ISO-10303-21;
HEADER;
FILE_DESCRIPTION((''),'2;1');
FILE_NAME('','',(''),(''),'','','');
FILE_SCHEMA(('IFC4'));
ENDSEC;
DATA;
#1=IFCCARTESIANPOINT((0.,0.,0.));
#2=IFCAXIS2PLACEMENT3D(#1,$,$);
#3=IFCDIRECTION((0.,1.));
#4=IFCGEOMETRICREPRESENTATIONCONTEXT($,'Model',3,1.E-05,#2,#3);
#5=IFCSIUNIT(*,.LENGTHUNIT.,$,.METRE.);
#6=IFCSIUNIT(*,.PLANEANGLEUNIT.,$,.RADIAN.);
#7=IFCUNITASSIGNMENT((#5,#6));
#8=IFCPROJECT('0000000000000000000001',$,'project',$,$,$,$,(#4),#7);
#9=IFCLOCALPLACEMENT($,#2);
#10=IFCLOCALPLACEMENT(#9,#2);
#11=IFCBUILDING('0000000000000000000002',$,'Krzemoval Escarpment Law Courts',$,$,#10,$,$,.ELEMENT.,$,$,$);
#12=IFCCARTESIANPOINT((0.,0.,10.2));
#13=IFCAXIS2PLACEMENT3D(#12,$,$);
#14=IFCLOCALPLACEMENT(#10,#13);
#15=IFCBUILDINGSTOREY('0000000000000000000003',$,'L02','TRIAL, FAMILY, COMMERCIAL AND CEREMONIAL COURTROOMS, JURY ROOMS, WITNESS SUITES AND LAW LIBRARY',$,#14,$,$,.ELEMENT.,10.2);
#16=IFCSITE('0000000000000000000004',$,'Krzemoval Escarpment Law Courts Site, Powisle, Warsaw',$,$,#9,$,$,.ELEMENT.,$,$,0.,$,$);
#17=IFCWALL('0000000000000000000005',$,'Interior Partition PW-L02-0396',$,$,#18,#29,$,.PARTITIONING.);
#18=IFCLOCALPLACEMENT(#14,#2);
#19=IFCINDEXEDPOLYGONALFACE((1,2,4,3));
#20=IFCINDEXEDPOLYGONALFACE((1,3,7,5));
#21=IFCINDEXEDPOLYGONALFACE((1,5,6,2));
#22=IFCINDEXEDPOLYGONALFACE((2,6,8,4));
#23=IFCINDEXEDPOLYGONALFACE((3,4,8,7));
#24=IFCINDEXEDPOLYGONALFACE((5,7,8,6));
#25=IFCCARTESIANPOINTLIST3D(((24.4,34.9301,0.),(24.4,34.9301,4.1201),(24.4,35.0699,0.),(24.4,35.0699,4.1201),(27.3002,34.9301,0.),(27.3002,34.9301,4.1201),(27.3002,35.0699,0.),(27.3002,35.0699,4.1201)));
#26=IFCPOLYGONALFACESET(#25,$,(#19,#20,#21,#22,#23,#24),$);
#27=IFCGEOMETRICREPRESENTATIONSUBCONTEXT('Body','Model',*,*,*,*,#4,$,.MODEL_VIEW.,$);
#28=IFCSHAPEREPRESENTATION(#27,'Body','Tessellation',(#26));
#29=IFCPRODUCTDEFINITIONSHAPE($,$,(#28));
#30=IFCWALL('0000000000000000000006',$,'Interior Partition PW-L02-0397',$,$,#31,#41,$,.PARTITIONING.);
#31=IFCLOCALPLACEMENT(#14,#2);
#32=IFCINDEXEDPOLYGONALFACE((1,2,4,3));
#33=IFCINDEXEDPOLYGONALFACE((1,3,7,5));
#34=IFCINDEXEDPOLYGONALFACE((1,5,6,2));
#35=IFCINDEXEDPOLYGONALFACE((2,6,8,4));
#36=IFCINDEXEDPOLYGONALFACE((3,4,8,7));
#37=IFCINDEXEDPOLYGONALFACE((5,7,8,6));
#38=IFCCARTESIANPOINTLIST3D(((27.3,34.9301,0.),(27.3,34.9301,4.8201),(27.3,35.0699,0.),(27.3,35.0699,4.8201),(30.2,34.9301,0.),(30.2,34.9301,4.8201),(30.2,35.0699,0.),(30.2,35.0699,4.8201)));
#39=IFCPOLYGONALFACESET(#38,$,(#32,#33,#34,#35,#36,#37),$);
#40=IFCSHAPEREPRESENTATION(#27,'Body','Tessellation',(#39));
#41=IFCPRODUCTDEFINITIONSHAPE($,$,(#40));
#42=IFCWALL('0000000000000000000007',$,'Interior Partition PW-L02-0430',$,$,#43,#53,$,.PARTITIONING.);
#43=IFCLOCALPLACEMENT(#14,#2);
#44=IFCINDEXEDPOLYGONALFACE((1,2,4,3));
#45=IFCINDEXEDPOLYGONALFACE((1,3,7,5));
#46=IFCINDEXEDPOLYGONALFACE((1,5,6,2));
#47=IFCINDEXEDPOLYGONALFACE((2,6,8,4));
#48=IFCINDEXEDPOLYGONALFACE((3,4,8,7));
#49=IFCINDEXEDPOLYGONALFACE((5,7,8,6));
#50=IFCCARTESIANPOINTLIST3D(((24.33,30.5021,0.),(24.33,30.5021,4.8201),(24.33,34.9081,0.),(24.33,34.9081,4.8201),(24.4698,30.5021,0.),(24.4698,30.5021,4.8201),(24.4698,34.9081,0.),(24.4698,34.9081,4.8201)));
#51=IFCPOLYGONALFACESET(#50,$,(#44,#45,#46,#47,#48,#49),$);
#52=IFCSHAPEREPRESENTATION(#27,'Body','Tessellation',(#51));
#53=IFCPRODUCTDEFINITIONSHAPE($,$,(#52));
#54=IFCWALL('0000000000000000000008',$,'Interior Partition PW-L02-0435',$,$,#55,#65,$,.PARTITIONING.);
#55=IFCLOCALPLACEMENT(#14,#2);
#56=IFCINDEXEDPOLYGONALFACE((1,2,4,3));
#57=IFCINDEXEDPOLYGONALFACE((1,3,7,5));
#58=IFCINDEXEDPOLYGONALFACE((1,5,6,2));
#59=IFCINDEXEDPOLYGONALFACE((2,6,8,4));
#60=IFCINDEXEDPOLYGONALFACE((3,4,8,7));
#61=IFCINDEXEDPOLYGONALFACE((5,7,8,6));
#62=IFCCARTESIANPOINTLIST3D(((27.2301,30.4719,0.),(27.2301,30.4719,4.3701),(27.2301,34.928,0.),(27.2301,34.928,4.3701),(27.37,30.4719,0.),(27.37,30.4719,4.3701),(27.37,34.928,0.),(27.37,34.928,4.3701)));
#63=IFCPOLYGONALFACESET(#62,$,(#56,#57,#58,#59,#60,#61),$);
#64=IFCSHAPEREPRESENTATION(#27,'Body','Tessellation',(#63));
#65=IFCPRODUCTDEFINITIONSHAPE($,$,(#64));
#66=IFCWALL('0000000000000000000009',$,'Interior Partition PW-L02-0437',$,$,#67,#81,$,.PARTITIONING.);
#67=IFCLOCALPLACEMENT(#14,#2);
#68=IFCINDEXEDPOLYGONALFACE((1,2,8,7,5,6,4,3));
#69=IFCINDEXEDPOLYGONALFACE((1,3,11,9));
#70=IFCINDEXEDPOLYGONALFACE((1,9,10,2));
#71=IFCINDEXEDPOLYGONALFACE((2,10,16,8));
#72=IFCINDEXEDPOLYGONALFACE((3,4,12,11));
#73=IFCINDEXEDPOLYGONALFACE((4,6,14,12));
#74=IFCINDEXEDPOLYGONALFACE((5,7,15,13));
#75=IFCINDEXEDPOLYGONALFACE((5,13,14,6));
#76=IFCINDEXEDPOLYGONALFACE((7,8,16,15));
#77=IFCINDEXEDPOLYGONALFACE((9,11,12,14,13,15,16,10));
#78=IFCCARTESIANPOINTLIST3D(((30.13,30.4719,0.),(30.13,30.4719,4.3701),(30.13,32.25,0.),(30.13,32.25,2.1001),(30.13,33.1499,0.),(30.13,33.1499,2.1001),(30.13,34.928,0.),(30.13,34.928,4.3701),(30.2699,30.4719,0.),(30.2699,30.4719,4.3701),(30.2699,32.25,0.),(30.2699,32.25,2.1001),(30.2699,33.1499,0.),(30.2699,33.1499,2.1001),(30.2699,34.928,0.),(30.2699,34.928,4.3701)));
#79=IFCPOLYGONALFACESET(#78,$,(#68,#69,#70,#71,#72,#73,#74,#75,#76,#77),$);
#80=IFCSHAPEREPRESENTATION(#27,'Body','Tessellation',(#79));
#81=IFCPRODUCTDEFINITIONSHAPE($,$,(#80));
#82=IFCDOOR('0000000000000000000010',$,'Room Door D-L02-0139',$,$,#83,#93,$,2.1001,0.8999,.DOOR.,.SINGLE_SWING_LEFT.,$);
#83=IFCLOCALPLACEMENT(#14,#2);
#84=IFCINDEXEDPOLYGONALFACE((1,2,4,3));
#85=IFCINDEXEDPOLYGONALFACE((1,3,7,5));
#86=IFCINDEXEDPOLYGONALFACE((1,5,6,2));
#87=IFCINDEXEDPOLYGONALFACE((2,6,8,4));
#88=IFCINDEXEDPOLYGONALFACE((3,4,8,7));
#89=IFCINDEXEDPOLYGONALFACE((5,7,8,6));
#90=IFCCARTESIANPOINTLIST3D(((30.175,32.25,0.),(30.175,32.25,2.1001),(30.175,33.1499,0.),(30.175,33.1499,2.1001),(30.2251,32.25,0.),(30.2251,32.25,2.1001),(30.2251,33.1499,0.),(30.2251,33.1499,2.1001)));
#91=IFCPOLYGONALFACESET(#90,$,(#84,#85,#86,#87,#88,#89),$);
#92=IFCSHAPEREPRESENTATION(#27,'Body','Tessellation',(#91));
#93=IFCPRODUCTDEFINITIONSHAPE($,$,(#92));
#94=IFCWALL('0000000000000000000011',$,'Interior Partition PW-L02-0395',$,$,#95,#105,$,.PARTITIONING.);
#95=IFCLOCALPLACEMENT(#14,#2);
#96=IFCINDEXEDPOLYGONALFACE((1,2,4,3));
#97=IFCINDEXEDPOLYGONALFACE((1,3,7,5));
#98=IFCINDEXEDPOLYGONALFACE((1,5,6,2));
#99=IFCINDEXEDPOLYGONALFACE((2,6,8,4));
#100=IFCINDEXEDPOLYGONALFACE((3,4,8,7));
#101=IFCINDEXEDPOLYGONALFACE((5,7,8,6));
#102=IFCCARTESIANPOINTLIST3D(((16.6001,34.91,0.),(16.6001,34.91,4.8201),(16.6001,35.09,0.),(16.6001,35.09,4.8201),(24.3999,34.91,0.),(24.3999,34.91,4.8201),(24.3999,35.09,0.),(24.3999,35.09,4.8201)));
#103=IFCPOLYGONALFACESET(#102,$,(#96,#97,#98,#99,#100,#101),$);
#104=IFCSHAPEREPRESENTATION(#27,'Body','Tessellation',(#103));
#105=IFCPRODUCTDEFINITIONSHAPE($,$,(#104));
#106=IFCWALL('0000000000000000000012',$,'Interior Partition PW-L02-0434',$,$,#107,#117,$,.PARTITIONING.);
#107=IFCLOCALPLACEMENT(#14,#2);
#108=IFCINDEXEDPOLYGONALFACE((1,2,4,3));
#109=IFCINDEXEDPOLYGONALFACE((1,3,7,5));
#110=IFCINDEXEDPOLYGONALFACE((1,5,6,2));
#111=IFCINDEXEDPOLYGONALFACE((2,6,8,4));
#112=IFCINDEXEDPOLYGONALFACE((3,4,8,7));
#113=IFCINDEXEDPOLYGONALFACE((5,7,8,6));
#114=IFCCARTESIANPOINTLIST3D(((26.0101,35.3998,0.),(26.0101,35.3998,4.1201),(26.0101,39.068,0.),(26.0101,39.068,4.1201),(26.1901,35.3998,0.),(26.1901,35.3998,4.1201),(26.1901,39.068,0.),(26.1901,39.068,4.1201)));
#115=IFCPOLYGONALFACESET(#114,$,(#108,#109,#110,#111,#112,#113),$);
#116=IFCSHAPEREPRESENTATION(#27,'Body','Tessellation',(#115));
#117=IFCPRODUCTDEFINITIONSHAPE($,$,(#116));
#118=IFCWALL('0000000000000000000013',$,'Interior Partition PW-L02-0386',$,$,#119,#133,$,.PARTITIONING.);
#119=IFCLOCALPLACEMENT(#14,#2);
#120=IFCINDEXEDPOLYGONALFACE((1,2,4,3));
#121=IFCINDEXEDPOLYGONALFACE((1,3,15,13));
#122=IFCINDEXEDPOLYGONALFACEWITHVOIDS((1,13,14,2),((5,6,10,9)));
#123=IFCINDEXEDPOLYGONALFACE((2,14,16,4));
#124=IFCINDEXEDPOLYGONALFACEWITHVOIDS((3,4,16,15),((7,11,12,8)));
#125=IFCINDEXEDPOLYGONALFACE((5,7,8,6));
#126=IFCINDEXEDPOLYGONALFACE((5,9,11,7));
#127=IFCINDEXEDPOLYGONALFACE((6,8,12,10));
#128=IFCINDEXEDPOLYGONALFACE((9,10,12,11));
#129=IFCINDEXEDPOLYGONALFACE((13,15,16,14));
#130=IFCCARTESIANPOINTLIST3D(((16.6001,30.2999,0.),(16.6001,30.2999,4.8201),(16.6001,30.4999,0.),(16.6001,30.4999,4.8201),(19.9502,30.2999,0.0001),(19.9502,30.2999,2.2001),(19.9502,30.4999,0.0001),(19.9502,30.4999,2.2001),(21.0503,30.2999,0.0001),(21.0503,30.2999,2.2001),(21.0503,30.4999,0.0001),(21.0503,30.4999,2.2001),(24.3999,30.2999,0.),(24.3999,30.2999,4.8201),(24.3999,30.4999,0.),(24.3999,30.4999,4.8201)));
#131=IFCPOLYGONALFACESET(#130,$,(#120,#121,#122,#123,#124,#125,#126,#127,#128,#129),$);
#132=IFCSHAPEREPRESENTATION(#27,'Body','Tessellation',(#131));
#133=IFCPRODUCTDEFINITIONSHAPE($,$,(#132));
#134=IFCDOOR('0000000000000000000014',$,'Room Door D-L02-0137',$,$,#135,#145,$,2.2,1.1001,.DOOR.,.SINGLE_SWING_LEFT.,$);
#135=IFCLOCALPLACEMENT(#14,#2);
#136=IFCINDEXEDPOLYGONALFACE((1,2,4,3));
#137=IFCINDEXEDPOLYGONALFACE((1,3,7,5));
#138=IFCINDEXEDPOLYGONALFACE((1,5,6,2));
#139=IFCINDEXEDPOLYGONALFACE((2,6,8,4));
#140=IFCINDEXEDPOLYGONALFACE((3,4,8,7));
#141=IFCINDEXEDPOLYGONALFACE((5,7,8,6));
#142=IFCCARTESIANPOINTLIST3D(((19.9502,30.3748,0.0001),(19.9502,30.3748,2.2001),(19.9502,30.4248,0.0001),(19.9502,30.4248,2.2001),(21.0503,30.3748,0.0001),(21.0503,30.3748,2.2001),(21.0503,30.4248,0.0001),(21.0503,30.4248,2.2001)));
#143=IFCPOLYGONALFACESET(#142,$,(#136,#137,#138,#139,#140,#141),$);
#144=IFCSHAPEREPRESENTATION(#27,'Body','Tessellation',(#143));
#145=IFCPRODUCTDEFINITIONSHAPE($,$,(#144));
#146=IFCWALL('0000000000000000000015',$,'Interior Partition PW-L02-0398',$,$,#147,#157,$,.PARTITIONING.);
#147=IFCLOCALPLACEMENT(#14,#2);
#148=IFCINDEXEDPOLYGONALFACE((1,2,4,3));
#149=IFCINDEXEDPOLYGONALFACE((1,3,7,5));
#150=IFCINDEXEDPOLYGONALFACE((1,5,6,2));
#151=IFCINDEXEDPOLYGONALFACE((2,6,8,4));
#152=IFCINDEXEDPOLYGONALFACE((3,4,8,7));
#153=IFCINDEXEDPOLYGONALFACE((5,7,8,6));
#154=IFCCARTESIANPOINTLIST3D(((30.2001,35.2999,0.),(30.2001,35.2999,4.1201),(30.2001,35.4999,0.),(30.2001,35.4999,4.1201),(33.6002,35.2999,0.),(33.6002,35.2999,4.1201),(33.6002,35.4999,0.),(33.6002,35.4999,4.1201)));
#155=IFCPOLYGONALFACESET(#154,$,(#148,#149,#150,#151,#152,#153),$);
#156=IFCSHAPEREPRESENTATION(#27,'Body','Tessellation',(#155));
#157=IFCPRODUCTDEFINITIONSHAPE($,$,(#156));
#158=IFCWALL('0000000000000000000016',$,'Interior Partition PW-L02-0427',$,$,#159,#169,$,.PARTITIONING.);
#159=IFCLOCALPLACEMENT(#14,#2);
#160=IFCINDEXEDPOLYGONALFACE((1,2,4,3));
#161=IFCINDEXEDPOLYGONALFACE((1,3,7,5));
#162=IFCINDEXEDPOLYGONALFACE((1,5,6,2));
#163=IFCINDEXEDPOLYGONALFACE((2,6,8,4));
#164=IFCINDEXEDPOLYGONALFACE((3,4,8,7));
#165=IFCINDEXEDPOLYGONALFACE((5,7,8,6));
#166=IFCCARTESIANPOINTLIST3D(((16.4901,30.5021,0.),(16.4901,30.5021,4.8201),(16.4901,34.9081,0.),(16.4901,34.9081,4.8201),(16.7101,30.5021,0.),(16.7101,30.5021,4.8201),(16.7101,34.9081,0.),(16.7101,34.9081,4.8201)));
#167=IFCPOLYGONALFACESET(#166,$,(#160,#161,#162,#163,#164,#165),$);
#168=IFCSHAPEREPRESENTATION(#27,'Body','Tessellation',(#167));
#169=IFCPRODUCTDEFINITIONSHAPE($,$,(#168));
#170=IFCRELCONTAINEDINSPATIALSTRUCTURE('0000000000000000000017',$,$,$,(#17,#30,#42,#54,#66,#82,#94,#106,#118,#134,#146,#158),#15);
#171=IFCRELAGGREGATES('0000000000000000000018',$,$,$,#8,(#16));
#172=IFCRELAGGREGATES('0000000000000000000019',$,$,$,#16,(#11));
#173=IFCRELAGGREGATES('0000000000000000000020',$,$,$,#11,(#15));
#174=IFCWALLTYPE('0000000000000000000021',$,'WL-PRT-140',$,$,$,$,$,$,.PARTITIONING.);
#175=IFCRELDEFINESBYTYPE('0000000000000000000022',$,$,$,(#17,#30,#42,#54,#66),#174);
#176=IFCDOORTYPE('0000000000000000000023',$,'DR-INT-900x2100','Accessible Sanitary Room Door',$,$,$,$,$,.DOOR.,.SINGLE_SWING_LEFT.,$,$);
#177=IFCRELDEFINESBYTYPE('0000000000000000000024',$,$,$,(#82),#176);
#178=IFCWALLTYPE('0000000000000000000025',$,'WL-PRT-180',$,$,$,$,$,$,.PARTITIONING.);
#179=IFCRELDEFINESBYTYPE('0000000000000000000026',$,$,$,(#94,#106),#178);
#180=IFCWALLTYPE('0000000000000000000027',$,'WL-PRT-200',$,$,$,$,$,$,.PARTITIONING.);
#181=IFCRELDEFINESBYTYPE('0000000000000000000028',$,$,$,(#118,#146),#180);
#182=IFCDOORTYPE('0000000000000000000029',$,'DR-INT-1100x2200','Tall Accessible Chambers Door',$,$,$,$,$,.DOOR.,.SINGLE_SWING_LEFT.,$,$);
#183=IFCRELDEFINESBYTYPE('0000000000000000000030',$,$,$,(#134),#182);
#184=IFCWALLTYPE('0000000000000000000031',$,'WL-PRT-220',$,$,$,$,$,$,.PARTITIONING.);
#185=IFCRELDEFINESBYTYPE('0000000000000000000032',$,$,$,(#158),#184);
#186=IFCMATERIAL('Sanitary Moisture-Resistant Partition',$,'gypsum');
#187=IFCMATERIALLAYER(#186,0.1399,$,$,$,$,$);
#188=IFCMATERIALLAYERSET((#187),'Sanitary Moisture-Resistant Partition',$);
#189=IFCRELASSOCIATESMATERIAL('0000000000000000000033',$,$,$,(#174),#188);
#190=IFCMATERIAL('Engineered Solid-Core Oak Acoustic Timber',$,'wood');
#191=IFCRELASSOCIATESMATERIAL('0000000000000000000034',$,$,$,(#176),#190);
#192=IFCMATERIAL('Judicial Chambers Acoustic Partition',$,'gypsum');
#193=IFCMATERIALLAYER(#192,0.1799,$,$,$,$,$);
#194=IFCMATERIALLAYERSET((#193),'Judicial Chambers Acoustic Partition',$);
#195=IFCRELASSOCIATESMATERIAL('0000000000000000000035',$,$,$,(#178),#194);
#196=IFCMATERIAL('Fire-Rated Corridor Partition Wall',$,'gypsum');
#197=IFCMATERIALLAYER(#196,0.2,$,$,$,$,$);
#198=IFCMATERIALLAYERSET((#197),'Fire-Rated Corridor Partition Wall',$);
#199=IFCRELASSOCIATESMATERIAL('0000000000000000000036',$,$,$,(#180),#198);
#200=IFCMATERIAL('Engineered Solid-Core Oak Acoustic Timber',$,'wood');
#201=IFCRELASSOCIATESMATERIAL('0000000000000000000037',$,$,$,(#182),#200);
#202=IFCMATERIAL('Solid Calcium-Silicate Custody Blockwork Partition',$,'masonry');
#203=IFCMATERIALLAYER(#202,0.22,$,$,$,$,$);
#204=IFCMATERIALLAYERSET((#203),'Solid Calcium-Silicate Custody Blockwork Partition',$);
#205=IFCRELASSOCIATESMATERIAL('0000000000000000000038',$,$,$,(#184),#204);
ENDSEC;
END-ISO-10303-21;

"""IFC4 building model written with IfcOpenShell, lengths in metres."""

from ifc_helpers import new_model, si_unit, direction, frame, frame_2d, origin, place, context, subcontext, project, spatial, rectangle, extrude, material, layer, layer_set, type_object, element, fill, save


model = new_model("IFC4")

# Units and contexts
model_context = context("Model", 3, precision=1e-05, world=origin(), true_north=direction((0.0, 1.0)))
body_context = subcontext(model_context, "Body", "Model", "MODEL_VIEW")
ifc_project = project(units=[si_unit("LENGTHUNIT", "METRE"), si_unit("PLANEANGLEUNIT", "RADIAN")], contexts=[model_context])

# Site, building, storey
site_placement = place(None, origin())
site = spatial("IfcSite", under=ifc_project, at=site_placement, Name="Krzemoval Escarpment Law Courts Site, Powisle, Warsaw", CompositionType="ELEMENT", RefElevation=0.0)
building_placement = place(site_placement, origin())
building = spatial("IfcBuilding", under=site, at=building_placement, Name="Krzemoval Escarpment Law Courts", CompositionType="ELEMENT")
storey_placement = place(building_placement, frame((0.0, 0.0, 10.2)))
storey = spatial("IfcBuildingStorey", under=building, at=storey_placement, Name="L02", Description="TRIAL, FAMILY, COMMERCIAL AND CEREMONIAL COURTROOMS, JURY ROOMS, WITNESS SUITES AND LAW LIBRARY", CompositionType="ELEMENT", Elevation=10.2)

# Shared definitions
ifc_material_1 = material(Name="Sanitary Moisture-Resistant Partition", Category="gypsum")
ifc_layer_1 = layer(ifc_material_1, 0.1399)
ifc_layer_set_1 = layer_set([ifc_layer_1], Name="Sanitary Moisture-Resistant Partition")
wall_type_1 = type_object("IfcWallType", Name="WL-PRT-140", PredefinedType="PARTITIONING", material=ifc_layer_set_1)
ifc_material_2 = material(Name="Engineered Solid-Core Oak Acoustic Timber", Category="wood")
door_type_1 = type_object("IfcDoorType", Name="DR-INT-900x2100", Description="Accessible Sanitary Room Door", OperationType="SINGLE_SWING_LEFT", PredefinedType="DOOR", material=ifc_material_2)

# Walls
wall_1_placement = place(storey_placement, frame((24.3999, 35.0, 0.0), z_axis=(0.0, 0.0, 1.0), x_axis=(1.0, 0.0, 0.0)))
element("IfcWall", 1, at=wall_1_placement, inside=storey, type_object=wall_type_1, Name="Interior Partition PW-L02-0396", PredefinedType="PARTITIONING", context=body_context, shape_type="SweptSolid", body=[
    extrude(rectangle(XDim=2.9001, YDim=0.1399, at=frame_2d((1.4502, 0.0))), origin(), (0.0, 0.0, 1.0), 4.1201),
])
wall_2_placement = place(storey_placement, frame((27.3, 35.0, 0.0), z_axis=(0.0, 0.0, 1.0), x_axis=(1.0, 0.0, 0.0)))
element("IfcWall", 2, at=wall_2_placement, inside=storey, type_object=wall_type_1, Name="Interior Partition PW-L02-0397", PredefinedType="PARTITIONING", context=body_context, shape_type="SweptSolid", body=[
    extrude(rectangle(XDim=2.8999, YDim=0.1399, at=frame_2d((1.45, 0.0))), origin(), (0.0, 0.0, 1.0), 4.8201),
])
wall_3_placement = place(storey_placement, frame((24.3999, 30.502, 0.0), z_axis=(0.0, 0.0, 1.0), x_axis=(0.0, 1.0, 0.0)))
element("IfcWall", 3, at=wall_3_placement, inside=storey, type_object=wall_type_1, Name="Interior Partition PW-L02-0430", PredefinedType="PARTITIONING", context=body_context, shape_type="SweptSolid", body=[
    extrude(rectangle(XDim=4.406, YDim=0.1399, at=frame_2d((2.2031, 0.0))), origin(), (0.0, 0.0, 1.0), 4.8201),
])
wall_4_placement = place(storey_placement, frame((27.3, 30.4719, 0.0), z_axis=(0.0, 0.0, 1.0), x_axis=(0.0, 1.0, 0.0)))
element("IfcWall", 4, at=wall_4_placement, inside=storey, type_object=wall_type_1, Name="Interior Partition PW-L02-0435", PredefinedType="PARTITIONING", context=body_context, shape_type="SweptSolid", body=[
    extrude(rectangle(XDim=4.4561, YDim=0.1399, at=frame_2d((2.228, 0.0))), origin(), (0.0, 0.0, 1.0), 4.3701),
])

# Wall, opening, door
wall_5_placement = place(storey_placement, frame((30.2, 30.4719, 0.0), z_axis=(0.0, 0.0, 1.0), x_axis=(0.0, 1.0, 0.0)))
wall_5 = element("IfcWall", 5, at=wall_5_placement, inside=storey, type_object=wall_type_1, Name="Interior Partition PW-L02-0437", PredefinedType="PARTITIONING", context=body_context, shape_type="SweptSolid", body=[
    extrude(rectangle(XDim=4.4561, YDim=0.1399, at=frame_2d((2.228, 0.0))), origin(), (0.0, 0.0, 1.0), 4.3701),
])
opening_1_placement = place(wall_5_placement, frame((1.7781, 0.0, 0.0)))
opening_1 = element("IfcOpeningElement", 6, at=opening_1_placement, cuts=wall_5, PredefinedType="OPENING", context=body_context, shape_type="SweptSolid", body=[
    extrude(rectangle(XDim=0.8999, YDim=2.1001, at=frame_2d((0.45, 1.05))), frame((0.0, 0.0849, 0.0), z_axis=(0.0, -1.0, 0.0), x_axis=(1.0, 0.0, 0.0)), (0.0, 0.0, 1.0), 0.1699),
])
door_1_placement = place(opening_1_placement, origin())
door_1 = element("IfcDoor", 7, at=door_1_placement, inside=storey, type_object=door_type_1, Name="Room Door D-L02-0139", OperationType="SINGLE_SWING_LEFT", OverallHeight=2.1001, OverallWidth=0.8999, PredefinedType="DOOR", context=body_context, shape_type="SweptSolid", body=[
    extrude(rectangle(XDim=0.8999, YDim=2.1001, at=frame_2d((0.45, 1.05))), frame((0.0, 0.0249, 0.0), z_axis=(0.0, -1.0, 0.0), x_axis=(1.0, 0.0, 0.0)), (0.0, 0.0, 1.0), 0.05),
])
fill(opening_1, door_1)

# Walls
ifc_material_3 = material(Name="Judicial Chambers Acoustic Partition", Category="gypsum")
ifc_layer_2 = layer(ifc_material_3, 0.1799)
ifc_layer_set_2 = layer_set([ifc_layer_2], Name="Judicial Chambers Acoustic Partition")
wall_type_2 = type_object("IfcWallType", Name="WL-PRT-180", PredefinedType="PARTITIONING", material=ifc_layer_set_2)
wall_6_placement = place(storey_placement, frame((16.6001, 35.0, 0.0), z_axis=(0.0, 0.0, 1.0), x_axis=(1.0, 0.0, 0.0)))
element("IfcWall", 8, at=wall_6_placement, inside=storey, type_object=wall_type_2, Name="Interior Partition PW-L02-0395", PredefinedType="PARTITIONING", context=body_context, shape_type="SweptSolid", body=[
    extrude(rectangle(XDim=7.7998, YDim=0.1799, at=frame_2d((3.8999, 0.0))), origin(), (0.0, 0.0, 1.0), 4.8201),
])
wall_7_placement = place(storey_placement, frame((26.1001, 35.3999, 0.0), z_axis=(0.0, 0.0, 1.0), x_axis=(0.0, 1.0, 0.0)))
element("IfcWall", 9, at=wall_7_placement, inside=storey, type_object=wall_type_2, Name="Interior Partition PW-L02-0434", PredefinedType="PARTITIONING", context=body_context, shape_type="SweptSolid", body=[
    extrude(rectangle(XDim=3.6682, YDim=0.1799, at=frame_2d((1.834, 0.0))), origin(), (0.0, 0.0, 1.0), 4.1201),
])

# Wall, opening, door
ifc_material_4 = material(Name="Fire-Rated Corridor Partition Wall", Category="gypsum")
ifc_layer_3 = layer(ifc_material_4, 0.2)
ifc_layer_set_3 = layer_set([ifc_layer_3], Name="Fire-Rated Corridor Partition Wall")
wall_type_3 = type_object("IfcWallType", Name="WL-PRT-200", PredefinedType="PARTITIONING", material=ifc_layer_set_3)
wall_8_placement = place(storey_placement, frame((16.6001, 30.3999, 0.0), z_axis=(0.0, 0.0, 1.0), x_axis=(1.0, 0.0, 0.0)))
wall_8 = element("IfcWall", 10, at=wall_8_placement, inside=storey, type_object=wall_type_3, Name="Interior Partition PW-L02-0386", PredefinedType="PARTITIONING", context=body_context, shape_type="SweptSolid", body=[
    extrude(rectangle(XDim=7.7998, YDim=0.2, at=frame_2d((3.8999, 0.0))), origin(), (0.0, 0.0, 1.0), 4.8201),
])
opening_2_placement = place(wall_8_placement, frame((3.3501, 0.0, 0.0)))
opening_2 = element("IfcOpeningElement", 11, at=opening_2_placement, cuts=wall_8, PredefinedType="OPENING", context=body_context, shape_type="SweptSolid", body=[
    extrude(rectangle(XDim=1.1001, YDim=2.2, at=frame_2d((0.55, 1.1001))), frame((0.0, 0.115, 0.0), z_axis=(0.0, -1.0, 0.0), x_axis=(1.0, 0.0, 0.0)), (0.0, 0.0, 1.0), 0.2299),
])
ifc_material_5 = material(Name="Engineered Solid-Core Oak Acoustic Timber", Category="wood")
door_type_2 = type_object("IfcDoorType", Name="DR-INT-1100x2200", Description="Tall Accessible Chambers Door", OperationType="SINGLE_SWING_LEFT", PredefinedType="DOOR", material=ifc_material_5)
door_2_placement = place(opening_2_placement, origin())
door_2 = element("IfcDoor", 12, at=door_2_placement, inside=storey, type_object=door_type_2, Name="Room Door D-L02-0137", OperationType="SINGLE_SWING_LEFT", OverallHeight=2.2, OverallWidth=1.1001, PredefinedType="DOOR", context=body_context, shape_type="SweptSolid", body=[
    extrude(rectangle(XDim=1.1001, YDim=2.2, at=frame_2d((0.55, 1.1001))), frame((0.0, 0.0249, 0.0), z_axis=(0.0, -1.0, 0.0), x_axis=(1.0, 0.0, 0.0)), (0.0, 0.0, 1.0), 0.05),
])
fill(opening_2, door_2)

# Walls
wall_9_placement = place(storey_placement, frame((30.2, 35.3999, 0.0), z_axis=(0.0, 0.0, 1.0), x_axis=(1.0, 0.0, 0.0)))
element("IfcWall", 13, at=wall_9_placement, inside=storey, type_object=wall_type_3, Name="Interior Partition PW-L02-0398", PredefinedType="PARTITIONING", context=body_context, shape_type="SweptSolid", body=[
    extrude(rectangle(XDim=3.4001, YDim=0.2, at=frame_2d((1.7002, 0.0))), origin(), (0.0, 0.0, 1.0), 4.1201),
])
ifc_material_6 = material(Name="Solid Calcium-Silicate Custody Blockwork Partition", Category="masonry")
ifc_layer_4 = layer(ifc_material_6, 0.22)
ifc_layer_set_4 = layer_set([ifc_layer_4], Name="Solid Calcium-Silicate Custody Blockwork Partition")
wall_type_4 = type_object("IfcWallType", Name="WL-PRT-220", PredefinedType="PARTITIONING", material=ifc_layer_set_4)
wall_10_placement = place(storey_placement, frame((16.6001, 30.502, 0.0), z_axis=(0.0, 0.0, 1.0), x_axis=(0.0, 1.0, 0.0)))
element("IfcWall", 14, at=wall_10_placement, inside=storey, type_object=wall_type_4, Name="Interior Partition PW-L02-0427", PredefinedType="PARTITIONING", context=body_context, shape_type="SweptSolid", body=[
    extrude(rectangle(XDim=4.406, YDim=0.22, at=frame_2d((2.2031, 0.0))), origin(), (0.0, 0.0, 1.0), 4.8201),
])

save(model, "model.ifc")
